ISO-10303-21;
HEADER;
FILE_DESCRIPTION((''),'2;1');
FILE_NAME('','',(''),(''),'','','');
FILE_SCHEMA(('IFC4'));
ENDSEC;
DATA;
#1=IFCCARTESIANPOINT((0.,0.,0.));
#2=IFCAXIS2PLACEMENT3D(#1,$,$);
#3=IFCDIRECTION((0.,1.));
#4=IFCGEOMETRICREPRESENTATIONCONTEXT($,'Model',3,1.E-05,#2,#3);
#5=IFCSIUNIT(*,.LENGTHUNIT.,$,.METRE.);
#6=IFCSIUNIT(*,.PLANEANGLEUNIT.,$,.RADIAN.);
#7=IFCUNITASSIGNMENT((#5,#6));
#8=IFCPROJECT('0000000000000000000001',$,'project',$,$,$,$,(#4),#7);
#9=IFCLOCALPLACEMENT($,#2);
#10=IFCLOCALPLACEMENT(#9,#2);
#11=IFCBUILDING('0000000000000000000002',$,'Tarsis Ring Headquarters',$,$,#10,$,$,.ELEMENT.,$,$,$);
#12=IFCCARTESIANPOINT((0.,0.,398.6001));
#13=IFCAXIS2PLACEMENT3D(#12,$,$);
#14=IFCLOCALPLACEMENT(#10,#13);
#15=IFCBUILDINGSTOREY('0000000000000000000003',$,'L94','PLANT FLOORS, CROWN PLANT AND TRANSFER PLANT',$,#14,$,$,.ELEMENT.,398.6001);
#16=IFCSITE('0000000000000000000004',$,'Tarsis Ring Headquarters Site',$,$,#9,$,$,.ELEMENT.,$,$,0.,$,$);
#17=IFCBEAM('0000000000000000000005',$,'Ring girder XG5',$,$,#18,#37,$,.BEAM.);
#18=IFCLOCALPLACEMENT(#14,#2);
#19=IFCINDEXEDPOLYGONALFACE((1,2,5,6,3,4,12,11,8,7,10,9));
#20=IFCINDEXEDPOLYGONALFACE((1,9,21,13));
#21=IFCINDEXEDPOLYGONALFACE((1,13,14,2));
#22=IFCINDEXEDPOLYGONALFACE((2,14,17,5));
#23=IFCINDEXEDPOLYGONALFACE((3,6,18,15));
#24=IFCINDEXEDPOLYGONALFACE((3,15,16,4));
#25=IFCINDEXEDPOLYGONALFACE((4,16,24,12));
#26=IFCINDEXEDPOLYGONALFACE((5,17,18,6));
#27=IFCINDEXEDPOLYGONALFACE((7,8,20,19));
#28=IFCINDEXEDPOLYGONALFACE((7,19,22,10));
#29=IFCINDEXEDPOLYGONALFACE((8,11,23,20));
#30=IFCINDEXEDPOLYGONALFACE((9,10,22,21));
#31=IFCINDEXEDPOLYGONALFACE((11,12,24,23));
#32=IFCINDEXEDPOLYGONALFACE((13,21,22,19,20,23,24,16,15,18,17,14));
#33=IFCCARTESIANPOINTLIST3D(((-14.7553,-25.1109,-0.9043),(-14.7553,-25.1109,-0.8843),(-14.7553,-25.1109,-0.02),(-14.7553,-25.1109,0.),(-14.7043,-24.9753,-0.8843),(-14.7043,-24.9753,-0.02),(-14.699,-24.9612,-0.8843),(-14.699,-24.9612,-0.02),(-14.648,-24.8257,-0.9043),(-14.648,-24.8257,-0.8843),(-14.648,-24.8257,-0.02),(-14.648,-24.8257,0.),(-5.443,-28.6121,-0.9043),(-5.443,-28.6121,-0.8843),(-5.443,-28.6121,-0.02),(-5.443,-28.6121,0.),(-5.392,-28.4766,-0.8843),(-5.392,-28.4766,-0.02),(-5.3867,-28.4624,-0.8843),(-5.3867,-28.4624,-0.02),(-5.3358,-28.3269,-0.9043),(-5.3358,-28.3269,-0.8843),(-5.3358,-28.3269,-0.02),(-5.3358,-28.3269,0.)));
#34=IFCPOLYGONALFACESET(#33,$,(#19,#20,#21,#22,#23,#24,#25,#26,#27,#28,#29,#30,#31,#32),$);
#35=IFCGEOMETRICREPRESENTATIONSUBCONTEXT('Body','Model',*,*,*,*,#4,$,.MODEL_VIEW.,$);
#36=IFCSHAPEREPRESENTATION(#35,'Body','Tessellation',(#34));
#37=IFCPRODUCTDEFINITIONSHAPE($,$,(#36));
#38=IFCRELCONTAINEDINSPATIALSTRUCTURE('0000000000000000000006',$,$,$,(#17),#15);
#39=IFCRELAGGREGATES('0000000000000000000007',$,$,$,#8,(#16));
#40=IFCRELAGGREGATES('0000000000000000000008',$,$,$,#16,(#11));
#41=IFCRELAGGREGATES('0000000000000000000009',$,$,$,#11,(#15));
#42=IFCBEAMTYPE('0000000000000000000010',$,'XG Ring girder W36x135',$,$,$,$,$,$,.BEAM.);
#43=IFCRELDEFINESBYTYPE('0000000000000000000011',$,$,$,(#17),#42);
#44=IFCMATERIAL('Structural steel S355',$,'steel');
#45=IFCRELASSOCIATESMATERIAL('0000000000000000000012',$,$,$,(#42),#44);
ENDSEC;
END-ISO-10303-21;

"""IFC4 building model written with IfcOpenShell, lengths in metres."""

from ifc_helpers import new_model, si_unit, direction, frame, origin, origin_2d, place, context, subcontext, project, spatial, i_section, extrude, material, material_profile, profile_set, type_object, element, save


model = new_model("IFC4")

# Units and contexts
model_context = context("Model", 3, precision=1e-05, world=origin(), true_north=direction((0.0, 1.0)))
body_context = subcontext(model_context, "Body", "Model", "MODEL_VIEW")
ifc_project = project(units=[si_unit("LENGTHUNIT", "METRE"), si_unit("PLANEANGLEUNIT", "RADIAN")], contexts=[model_context])

# Site, building, storey
site_placement = place(None, origin())
site = spatial("IfcSite", under=ifc_project, at=site_placement, Name="Tarsis Ring Headquarters Site", CompositionType="ELEMENT", RefElevation=0.0)
building_placement = place(site_placement, origin())
building = spatial("IfcBuilding", under=site, at=building_placement, Name="Tarsis Ring Headquarters", CompositionType="ELEMENT")
storey_placement = place(building_placement, frame((0.0, 0.0, 398.6001)))
storey = spatial("IfcBuildingStorey", under=building, at=storey_placement, Name="L94", Description="PLANT FLOORS, CROWN PLANT AND TRANSFER PLANT", CompositionType="ELEMENT", Elevation=398.6001)

# Shared definitions
ifc_material_1 = material(Name="Structural steel S355", Category="steel")

# Beam
ifc_material_profile_1 = material_profile(ifc_material_1, i_section(OverallWidth=0.3047, OverallDepth=0.9043, WebThickness=0.0151, FlangeThickness=0.02, at=origin_2d()), Name="W36x135")
ifc_profile_set_1 = profile_set([ifc_material_profile_1], Name="Structural steel S355")
beam_type = type_object("IfcBeamType", Name="XG Ring girder W36x135", PredefinedType="BEAM", material=ifc_profile_set_1)
beam_1_placement = place(storey_placement, frame((-14.7017, -24.9683, -0.4521), z_axis=(0.936027, -0.351927, 0.0), x_axis=(0.351927, 0.936027, 0.0)))
element("IfcBeam", 1, at=beam_1_placement, inside=storey, type_object=beam_type, Name="Ring girder XG5", PredefinedType="BEAM", context=body_context, shape_type="SweptSolid", body=[
    extrude(i_section(OverallWidth=0.3047, OverallDepth=0.9043, WebThickness=0.0151, FlangeThickness=0.02, at=origin_2d()), origin(), (0.0, 0.0, 1.0), 9.9487),
])

save(model, "model.ifc")
